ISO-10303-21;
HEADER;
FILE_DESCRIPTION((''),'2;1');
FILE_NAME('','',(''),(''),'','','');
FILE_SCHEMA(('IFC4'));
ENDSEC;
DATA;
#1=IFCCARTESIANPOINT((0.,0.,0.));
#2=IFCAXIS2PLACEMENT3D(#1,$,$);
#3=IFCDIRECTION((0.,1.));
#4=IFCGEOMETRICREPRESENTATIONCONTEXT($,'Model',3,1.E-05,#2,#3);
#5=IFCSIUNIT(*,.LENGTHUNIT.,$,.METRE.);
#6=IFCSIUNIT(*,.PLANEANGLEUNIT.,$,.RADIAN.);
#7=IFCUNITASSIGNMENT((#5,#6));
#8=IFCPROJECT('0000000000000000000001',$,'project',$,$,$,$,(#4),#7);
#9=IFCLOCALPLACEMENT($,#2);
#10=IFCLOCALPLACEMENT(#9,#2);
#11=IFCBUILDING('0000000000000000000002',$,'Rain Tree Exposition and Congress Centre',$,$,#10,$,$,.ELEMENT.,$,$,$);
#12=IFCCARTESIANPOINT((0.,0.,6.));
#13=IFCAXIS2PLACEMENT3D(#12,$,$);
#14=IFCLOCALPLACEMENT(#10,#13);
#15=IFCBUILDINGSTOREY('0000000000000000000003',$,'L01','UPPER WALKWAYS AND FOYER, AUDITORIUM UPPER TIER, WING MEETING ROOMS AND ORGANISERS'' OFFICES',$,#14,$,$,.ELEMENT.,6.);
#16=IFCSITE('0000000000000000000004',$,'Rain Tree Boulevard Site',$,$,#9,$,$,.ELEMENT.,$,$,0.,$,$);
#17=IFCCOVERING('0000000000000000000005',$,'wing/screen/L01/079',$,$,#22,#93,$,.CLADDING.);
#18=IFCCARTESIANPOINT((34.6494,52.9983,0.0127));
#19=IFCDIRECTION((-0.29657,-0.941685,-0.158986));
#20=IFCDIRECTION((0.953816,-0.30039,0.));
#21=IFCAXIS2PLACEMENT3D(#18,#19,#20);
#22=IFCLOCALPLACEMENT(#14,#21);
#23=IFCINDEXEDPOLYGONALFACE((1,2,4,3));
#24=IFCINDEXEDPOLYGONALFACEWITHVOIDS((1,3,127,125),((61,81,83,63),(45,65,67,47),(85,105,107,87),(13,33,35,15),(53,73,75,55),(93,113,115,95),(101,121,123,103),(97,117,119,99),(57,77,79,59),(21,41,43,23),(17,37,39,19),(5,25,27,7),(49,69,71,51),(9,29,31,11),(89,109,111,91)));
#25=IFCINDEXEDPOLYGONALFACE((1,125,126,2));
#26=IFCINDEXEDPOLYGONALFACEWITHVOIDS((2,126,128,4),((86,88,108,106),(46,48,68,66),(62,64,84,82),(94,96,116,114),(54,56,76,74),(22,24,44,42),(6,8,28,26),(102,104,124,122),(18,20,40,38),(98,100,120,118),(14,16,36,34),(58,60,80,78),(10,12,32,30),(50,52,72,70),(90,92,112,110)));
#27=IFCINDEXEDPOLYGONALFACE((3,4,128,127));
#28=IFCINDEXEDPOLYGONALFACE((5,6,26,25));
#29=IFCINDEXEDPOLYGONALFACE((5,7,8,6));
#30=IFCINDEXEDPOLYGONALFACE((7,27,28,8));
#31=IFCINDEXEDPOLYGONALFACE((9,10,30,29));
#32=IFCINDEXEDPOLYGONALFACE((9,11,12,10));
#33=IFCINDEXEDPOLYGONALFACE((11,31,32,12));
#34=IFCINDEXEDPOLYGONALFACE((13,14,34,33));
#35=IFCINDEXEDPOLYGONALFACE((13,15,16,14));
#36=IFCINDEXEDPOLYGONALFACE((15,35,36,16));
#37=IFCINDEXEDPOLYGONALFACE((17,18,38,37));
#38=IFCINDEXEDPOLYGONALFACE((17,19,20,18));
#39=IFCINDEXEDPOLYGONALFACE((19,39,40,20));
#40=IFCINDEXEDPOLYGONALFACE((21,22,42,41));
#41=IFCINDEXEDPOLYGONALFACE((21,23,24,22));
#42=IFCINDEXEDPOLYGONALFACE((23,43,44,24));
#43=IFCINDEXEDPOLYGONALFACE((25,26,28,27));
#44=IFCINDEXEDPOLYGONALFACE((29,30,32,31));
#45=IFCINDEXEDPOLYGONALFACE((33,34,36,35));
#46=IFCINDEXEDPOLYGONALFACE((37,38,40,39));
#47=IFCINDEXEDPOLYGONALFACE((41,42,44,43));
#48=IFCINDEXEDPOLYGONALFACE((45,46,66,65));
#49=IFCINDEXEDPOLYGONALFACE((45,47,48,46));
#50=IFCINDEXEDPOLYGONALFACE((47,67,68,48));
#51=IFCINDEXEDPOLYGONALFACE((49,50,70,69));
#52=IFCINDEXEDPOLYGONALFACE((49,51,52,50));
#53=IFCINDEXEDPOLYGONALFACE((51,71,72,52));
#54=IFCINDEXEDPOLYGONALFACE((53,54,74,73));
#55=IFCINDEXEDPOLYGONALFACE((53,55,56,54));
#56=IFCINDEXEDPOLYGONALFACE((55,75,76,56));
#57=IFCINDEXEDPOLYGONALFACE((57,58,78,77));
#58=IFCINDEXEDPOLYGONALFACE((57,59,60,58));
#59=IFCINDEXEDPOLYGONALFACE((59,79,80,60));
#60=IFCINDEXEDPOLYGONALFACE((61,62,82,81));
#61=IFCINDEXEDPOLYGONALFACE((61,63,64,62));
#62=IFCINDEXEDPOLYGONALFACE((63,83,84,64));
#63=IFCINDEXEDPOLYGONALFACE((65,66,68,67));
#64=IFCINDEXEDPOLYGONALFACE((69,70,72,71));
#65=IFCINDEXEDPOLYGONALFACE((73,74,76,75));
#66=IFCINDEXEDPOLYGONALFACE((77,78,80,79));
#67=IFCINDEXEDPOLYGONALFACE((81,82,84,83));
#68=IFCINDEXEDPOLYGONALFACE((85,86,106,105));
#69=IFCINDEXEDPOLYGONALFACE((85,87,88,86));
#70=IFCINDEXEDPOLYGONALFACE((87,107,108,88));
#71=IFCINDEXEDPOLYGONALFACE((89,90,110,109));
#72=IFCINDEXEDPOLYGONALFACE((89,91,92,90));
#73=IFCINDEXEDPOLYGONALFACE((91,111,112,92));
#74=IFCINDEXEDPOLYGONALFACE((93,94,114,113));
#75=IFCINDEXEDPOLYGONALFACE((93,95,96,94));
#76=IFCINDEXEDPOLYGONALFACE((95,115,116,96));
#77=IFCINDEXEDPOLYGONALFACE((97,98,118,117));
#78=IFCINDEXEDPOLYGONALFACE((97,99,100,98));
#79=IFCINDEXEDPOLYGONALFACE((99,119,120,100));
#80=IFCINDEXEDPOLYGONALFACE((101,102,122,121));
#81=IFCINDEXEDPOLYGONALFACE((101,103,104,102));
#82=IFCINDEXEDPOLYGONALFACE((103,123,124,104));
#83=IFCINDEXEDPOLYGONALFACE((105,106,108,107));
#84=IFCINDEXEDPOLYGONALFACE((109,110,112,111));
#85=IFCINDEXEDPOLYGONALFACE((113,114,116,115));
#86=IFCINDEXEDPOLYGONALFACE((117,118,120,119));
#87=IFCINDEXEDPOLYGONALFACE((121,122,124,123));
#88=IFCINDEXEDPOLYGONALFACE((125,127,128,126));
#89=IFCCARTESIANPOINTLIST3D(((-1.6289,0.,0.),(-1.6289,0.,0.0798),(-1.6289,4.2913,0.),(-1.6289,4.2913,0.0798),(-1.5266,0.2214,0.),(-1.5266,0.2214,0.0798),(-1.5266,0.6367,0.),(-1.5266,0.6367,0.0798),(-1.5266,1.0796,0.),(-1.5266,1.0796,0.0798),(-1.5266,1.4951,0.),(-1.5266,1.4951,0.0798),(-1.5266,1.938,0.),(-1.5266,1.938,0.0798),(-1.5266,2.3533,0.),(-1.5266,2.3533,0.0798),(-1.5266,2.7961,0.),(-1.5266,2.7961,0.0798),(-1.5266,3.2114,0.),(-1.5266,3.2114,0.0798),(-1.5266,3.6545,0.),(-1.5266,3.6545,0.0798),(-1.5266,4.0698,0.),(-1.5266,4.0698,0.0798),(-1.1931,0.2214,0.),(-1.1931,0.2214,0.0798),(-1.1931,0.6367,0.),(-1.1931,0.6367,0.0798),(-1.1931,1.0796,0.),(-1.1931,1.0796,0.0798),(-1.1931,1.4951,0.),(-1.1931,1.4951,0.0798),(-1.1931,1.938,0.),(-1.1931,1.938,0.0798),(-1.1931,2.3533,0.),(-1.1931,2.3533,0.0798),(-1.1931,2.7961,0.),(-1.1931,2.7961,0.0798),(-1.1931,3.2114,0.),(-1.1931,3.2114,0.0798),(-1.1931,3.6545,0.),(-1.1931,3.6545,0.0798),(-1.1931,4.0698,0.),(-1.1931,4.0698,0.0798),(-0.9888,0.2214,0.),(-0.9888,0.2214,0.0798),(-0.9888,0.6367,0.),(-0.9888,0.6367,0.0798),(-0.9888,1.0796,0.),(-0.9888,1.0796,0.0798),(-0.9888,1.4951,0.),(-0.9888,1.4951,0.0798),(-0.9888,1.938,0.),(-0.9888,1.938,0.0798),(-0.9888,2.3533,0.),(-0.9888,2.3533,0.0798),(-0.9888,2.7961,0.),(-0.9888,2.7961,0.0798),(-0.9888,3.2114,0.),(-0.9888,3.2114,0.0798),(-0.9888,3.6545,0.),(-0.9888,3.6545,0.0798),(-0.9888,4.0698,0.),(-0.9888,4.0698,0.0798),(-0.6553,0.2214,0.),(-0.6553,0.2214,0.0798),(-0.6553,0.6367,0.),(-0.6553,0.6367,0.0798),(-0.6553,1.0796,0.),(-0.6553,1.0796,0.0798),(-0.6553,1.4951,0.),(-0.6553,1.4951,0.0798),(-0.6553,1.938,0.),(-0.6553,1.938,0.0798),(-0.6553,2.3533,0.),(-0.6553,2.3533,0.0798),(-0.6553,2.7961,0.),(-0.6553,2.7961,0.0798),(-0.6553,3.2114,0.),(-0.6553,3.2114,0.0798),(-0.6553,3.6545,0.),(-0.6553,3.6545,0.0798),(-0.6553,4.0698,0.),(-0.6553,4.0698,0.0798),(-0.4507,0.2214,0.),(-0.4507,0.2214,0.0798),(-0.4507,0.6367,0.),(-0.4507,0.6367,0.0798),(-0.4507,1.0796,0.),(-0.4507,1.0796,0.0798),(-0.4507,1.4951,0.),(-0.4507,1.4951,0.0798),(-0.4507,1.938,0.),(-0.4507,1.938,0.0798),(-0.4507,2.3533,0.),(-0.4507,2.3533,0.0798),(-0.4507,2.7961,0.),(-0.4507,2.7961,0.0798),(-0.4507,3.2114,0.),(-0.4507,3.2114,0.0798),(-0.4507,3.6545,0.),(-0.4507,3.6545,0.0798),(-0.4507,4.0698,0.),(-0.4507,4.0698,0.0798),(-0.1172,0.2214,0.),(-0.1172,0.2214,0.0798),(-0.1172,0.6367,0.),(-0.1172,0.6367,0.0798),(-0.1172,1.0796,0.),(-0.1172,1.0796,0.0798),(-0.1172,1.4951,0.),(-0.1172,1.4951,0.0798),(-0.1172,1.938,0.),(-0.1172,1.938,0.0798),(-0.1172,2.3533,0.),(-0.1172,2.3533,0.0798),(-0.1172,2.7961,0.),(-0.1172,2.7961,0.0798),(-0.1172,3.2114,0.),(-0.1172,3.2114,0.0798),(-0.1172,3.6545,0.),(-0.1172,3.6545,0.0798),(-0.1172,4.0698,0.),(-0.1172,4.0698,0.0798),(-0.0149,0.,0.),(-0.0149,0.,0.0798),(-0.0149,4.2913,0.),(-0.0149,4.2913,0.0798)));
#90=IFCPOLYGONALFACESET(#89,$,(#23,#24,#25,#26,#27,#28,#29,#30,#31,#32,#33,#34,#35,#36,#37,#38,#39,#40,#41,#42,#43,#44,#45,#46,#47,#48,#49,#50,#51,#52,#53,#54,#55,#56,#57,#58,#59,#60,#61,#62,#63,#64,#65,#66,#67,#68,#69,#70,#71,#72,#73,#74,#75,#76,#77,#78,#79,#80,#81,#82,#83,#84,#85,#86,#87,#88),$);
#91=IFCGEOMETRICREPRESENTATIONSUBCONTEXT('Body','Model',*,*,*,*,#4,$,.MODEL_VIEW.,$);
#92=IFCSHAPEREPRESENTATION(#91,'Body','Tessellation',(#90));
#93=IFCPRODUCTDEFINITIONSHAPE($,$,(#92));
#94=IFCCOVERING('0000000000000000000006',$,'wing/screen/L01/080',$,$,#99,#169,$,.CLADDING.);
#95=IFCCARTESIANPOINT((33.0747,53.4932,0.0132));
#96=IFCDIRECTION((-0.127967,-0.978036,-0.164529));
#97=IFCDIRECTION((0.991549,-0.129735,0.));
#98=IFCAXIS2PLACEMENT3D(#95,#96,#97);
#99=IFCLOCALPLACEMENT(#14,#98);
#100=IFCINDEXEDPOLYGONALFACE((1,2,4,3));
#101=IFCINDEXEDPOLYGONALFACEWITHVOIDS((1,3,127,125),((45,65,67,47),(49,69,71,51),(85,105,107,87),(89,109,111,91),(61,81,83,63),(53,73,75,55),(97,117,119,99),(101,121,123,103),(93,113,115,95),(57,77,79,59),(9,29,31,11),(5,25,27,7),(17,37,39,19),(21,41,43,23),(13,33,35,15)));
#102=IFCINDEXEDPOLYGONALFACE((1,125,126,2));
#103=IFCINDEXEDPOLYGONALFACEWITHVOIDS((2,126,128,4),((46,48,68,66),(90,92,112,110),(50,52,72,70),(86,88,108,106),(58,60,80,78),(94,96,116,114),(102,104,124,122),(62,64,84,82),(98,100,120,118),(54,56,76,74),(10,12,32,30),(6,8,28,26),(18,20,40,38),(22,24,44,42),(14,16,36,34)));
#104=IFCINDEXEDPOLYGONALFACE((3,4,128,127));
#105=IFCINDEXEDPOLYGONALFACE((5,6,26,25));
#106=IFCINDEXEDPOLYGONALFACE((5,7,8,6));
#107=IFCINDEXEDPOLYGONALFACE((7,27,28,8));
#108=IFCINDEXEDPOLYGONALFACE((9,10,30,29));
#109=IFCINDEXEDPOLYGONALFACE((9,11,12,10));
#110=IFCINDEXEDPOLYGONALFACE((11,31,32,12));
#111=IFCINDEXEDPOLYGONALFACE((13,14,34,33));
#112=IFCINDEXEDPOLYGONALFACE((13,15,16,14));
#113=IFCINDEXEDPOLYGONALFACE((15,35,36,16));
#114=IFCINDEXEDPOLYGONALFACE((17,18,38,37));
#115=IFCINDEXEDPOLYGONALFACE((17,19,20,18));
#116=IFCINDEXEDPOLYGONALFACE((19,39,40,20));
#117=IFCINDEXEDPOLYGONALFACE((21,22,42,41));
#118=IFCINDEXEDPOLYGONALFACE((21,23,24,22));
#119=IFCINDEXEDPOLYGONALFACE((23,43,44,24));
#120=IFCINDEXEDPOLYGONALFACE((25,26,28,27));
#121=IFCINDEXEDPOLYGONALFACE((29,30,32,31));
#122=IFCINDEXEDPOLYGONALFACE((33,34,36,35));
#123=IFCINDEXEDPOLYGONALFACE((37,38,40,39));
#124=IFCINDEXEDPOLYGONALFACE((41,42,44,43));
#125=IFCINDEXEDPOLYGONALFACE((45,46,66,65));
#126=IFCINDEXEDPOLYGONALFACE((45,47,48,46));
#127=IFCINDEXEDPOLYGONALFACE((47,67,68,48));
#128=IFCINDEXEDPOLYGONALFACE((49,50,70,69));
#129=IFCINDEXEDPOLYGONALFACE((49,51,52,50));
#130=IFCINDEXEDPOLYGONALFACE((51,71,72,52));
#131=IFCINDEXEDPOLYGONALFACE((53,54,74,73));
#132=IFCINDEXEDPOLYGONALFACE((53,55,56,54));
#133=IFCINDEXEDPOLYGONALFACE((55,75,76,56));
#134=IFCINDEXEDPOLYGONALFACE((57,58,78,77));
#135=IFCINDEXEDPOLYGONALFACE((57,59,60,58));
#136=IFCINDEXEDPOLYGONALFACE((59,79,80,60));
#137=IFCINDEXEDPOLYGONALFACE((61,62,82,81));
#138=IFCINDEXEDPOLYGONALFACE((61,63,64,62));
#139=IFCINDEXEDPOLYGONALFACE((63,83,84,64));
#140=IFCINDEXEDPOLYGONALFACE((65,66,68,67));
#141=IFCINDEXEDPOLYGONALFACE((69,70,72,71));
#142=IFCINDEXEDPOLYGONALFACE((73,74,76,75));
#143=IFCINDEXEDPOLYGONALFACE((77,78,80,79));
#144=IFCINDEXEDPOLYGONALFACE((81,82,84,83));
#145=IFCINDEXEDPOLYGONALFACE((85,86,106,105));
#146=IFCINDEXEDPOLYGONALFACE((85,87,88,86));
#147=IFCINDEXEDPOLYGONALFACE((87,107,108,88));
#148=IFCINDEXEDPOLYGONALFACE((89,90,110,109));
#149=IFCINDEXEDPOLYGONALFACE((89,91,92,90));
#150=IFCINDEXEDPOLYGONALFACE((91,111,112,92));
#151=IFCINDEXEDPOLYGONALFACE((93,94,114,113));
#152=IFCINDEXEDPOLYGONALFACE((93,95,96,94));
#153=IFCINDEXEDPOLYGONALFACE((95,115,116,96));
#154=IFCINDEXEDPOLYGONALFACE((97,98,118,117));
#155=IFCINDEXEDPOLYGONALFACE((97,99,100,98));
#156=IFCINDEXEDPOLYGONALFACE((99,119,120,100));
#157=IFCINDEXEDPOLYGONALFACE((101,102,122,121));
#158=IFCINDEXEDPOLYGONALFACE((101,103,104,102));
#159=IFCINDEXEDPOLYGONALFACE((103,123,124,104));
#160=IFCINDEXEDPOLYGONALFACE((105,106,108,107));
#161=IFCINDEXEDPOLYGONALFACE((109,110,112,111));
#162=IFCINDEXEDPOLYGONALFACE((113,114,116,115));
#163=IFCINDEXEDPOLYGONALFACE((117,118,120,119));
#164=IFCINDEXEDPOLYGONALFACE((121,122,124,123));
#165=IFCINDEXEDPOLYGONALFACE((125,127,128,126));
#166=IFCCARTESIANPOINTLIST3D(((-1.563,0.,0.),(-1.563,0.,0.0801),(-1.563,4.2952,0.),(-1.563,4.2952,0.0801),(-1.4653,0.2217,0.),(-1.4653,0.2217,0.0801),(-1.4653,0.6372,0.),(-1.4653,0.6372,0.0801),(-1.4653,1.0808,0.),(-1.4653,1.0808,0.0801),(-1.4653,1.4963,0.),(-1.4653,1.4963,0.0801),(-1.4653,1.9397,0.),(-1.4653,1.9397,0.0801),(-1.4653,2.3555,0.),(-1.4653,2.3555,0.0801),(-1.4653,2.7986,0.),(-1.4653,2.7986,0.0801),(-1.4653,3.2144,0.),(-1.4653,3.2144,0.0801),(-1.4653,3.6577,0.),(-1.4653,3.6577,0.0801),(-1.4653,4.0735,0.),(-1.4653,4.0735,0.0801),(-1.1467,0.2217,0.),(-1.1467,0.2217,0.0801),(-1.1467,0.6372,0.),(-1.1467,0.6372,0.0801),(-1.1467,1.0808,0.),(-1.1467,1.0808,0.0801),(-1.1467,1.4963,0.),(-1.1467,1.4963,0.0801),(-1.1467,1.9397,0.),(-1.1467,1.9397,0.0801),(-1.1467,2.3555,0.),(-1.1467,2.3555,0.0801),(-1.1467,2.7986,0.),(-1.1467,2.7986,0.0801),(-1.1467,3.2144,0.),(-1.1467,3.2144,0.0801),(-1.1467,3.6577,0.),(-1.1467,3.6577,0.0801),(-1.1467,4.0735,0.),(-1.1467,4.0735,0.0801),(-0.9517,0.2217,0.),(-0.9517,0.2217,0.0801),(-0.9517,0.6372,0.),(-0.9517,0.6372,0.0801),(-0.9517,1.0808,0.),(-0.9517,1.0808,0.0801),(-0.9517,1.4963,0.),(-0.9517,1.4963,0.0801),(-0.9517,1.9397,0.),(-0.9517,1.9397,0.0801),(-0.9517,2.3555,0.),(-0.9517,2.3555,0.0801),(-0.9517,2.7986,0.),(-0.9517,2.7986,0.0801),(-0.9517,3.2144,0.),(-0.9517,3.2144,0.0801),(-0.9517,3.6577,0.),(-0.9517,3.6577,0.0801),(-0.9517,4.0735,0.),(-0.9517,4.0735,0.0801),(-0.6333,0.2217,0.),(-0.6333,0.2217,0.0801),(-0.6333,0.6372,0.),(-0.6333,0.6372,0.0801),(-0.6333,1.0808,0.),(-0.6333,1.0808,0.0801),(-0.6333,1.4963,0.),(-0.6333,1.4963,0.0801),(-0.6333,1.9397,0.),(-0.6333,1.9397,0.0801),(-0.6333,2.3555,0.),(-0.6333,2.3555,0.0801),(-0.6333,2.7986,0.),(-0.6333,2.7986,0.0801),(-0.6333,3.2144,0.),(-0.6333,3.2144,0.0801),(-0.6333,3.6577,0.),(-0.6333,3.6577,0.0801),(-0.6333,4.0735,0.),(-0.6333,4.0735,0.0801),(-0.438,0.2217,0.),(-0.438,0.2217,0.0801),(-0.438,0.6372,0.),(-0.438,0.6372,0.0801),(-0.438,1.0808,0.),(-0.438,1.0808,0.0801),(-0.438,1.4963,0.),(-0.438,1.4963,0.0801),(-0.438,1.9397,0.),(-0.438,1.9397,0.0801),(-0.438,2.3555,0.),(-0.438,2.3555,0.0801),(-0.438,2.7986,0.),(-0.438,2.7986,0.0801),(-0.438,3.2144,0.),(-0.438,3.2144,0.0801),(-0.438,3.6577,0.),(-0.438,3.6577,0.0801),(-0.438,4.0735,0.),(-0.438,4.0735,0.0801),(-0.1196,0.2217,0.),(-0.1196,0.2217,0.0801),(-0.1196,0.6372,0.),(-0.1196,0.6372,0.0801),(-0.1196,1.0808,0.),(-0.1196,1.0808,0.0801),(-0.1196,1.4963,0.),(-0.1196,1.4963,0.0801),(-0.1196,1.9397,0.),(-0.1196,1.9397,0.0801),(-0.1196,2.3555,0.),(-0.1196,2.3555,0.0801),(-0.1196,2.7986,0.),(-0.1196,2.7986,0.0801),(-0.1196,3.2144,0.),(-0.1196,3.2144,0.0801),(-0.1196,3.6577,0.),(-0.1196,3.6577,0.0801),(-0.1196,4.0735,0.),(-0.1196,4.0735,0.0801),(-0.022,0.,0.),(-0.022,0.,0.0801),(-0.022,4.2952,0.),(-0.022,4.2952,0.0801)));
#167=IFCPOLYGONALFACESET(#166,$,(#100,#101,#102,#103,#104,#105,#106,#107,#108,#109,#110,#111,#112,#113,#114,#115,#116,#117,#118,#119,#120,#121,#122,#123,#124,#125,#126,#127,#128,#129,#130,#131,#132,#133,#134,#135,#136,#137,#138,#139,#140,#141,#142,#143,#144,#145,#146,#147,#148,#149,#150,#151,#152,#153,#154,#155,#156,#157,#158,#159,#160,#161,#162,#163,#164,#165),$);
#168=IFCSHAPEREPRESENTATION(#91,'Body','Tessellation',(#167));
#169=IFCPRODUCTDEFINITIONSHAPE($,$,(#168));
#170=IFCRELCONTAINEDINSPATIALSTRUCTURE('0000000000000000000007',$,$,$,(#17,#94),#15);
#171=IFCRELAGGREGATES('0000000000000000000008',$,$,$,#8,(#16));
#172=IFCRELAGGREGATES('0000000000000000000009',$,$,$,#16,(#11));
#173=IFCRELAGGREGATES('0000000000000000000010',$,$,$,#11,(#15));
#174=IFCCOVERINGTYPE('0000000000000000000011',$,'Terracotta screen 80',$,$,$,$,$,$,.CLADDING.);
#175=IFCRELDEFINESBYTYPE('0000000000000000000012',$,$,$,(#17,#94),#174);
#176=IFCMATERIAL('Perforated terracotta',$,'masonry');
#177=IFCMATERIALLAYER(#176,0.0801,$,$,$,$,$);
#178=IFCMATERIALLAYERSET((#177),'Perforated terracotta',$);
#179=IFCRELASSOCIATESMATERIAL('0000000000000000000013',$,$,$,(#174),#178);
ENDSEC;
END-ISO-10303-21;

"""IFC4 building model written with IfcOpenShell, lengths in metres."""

from ifc_helpers import new_model, si_unit, direction, frame, origin, place, context, subcontext, project, spatial, polyline, outline, extrude, material, layer, layer_set, type_object, element, save


model = new_model("IFC4")

# Units and contexts
model_context = context("Model", 3, precision=1e-05, world=origin(), true_north=direction((0.0, 1.0)))
body_context = subcontext(model_context, "Body", "Model", "MODEL_VIEW")
ifc_project = project(units=[si_unit("LENGTHUNIT", "METRE"), si_unit("PLANEANGLEUNIT", "RADIAN")], contexts=[model_context])

# Site, building, storey
site_placement = place(None, origin())
site = spatial("IfcSite", under=ifc_project, at=site_placement, Name="Rain Tree Boulevard Site", CompositionType="ELEMENT", RefElevation=0.0)
building_placement = place(site_placement, origin())
building = spatial("IfcBuilding", under=site, at=building_placement, Name="Rain Tree Exposition and Congress Centre", CompositionType="ELEMENT")
storey_placement = place(building_placement, frame((0.0, 0.0, 6.0)))
storey = spatial("IfcBuildingStorey", under=building, at=storey_placement, Name="L01", Description="UPPER WALKWAYS AND FOYER, AUDITORIUM UPPER TIER, WING MEETING ROOMS AND ORGANISERS' OFFICES", CompositionType="ELEMENT", Elevation=6.0)

# Coverings
ifc_material_1 = material(Name="Perforated terracotta", Category="masonry")
ifc_layer_1 = layer(ifc_material_1, 0.0801)
ifc_layer_set_1 = layer_set([ifc_layer_1], Name="Perforated terracotta")
covering_type = type_object("IfcCoveringType", Name="Terracotta screen 80", PredefinedType="CLADDING", material=ifc_layer_set_1)
covering_1_placement = place(storey_placement, frame((34.6494, 52.9983, 0.0127), z_axis=(-0.29657, -0.941685, -0.158986), x_axis=(0.953816, -0.30039, 0.0)))
element("IfcCovering", 1, at=covering_1_placement, inside=storey, type_object=covering_type, Name="wing/screen/L01/079", PredefinedType="CLADDING", context=body_context, shape_type="SweptSolid", body=[
    extrude(outline(polyline([(-1.6289, 0.0), (-1.6289, 4.2913), (-0.0149, 4.2913), (-0.0149, 0.0), (-1.6289, 0.0)]), holes=[polyline([(-0.1172, 0.2214), (-0.1172, 0.6367), (-0.4507, 0.6367), (-0.4507, 0.2214), (-0.1172, 0.2214)]), polyline([(-0.1172, 1.0796), (-0.1172, 1.4951), (-0.4507, 1.4951), (-0.4507, 1.0796), (-0.1172, 1.0796)]), polyline([(-0.1172, 1.938), (-0.1172, 2.3533), (-0.4507, 2.3533), (-0.4507, 1.938), (-0.1172, 1.938)]), polyline([(-0.1172, 2.7961), (-0.1172, 3.2114), (-0.4507, 3.2114), (-0.4507, 2.7961), (-0.1172, 2.7961)]), polyline([(-0.1172, 3.6545), (-0.1172, 4.0698), (-0.4507, 4.0698), (-0.4507, 3.6545), (-0.1172, 3.6545)]), polyline([(-0.6553, 0.2214), (-0.6553, 0.6367), (-0.9888, 0.6367), (-0.9888, 0.2214), (-0.6553, 0.2214)]), polyline([(-0.6553, 1.0796), (-0.6553, 1.4951), (-0.9888, 1.4951), (-0.9888, 1.0796), (-0.6553, 1.0796)]), polyline([(-0.6553, 1.938), (-0.6553, 2.3533), (-0.9888, 2.3533), (-0.9888, 1.938), (-0.6553, 1.938)]), polyline([(-0.6553, 2.7961), (-0.6553, 3.2114), (-0.9888, 3.2114), (-0.9888, 2.7961), (-0.6553, 2.7961)]), polyline([(-0.6553, 3.6545), (-0.6553, 4.0698), (-0.9888, 4.0698), (-0.9888, 3.6545), (-0.6553, 3.6545)]), polyline([(-1.1931, 0.2214), (-1.1931, 0.6367), (-1.5266, 0.6367), (-1.5266, 0.2214), (-1.1931, 0.2214)]), polyline([(-1.1931, 1.0796), (-1.1931, 1.4951), (-1.5266, 1.4951), (-1.5266, 1.0796), (-1.1931, 1.0796)]), polyline([(-1.1931, 1.938), (-1.1931, 2.3533), (-1.5266, 2.3533), (-1.5266, 1.938), (-1.1931, 1.938)]), polyline([(-1.1931, 2.7961), (-1.1931, 3.2114), (-1.5266, 3.2114), (-1.5266, 2.7961), (-1.1931, 2.7961)]), polyline([(-1.1931, 3.6545), (-1.1931, 4.0698), (-1.5266, 4.0698), (-1.5266, 3.6545), (-1.1931, 3.6545)])]), origin(), (0.0, 0.0, 1.0), 0.0798),
])
covering_2_placement = place(storey_placement, frame((33.0747, 53.4932, 0.0132), z_axis=(-0.127967, -0.978036, -0.164529), x_axis=(0.991549, -0.129735, 0.0)))
element("IfcCovering", 2, at=covering_2_placement, inside=storey, type_object=covering_type, Name="wing/screen/L01/080", PredefinedType="CLADDING", context=body_context, shape_type="SweptSolid", body=[
    extrude(outline(polyline([(-1.563, 0.0), (-1.563, 4.2952), (-0.022, 4.2952), (-0.022, 0.0), (-1.563, 0.0)]), holes=[polyline([(-0.1196, 0.2217), (-0.1196, 0.6372), (-0.438, 0.6372), (-0.438, 0.2217), (-0.1196, 0.2217)]), polyline([(-0.1196, 1.0808), (-0.1196, 1.4963), (-0.438, 1.4963), (-0.438, 1.0808), (-0.1196, 1.0808)]), polyline([(-0.1196, 1.9397), (-0.1196, 2.3555), (-0.438, 2.3555), (-0.438, 1.9397), (-0.1196, 1.9397)]), polyline([(-0.1196, 2.7986), (-0.1196, 3.2144), (-0.438, 3.2144), (-0.438, 2.7986), (-0.1196, 2.7986)]), polyline([(-0.1196, 3.6577), (-0.1196, 4.0735), (-0.438, 4.0735), (-0.438, 3.6577), (-0.1196, 3.6577)]), polyline([(-0.6333, 0.2217), (-0.6333, 0.6372), (-0.9517, 0.6372), (-0.9517, 0.2217), (-0.6333, 0.2217)]), polyline([(-0.6333, 1.0808), (-0.6333, 1.4963), (-0.9517, 1.4963), (-0.9517, 1.0808), (-0.6333, 1.0808)]), polyline([(-0.6333, 1.9397), (-0.6333, 2.3555), (-0.9517, 2.3555), (-0.9517, 1.9397), (-0.6333, 1.9397)]), polyline([(-0.6333, 2.7986), (-0.6333, 3.2144), (-0.9517, 3.2144), (-0.9517, 2.7986), (-0.6333, 2.7986)]), polyline([(-0.6333, 3.6577), (-0.6333, 4.0735), (-0.9517, 4.0735), (-0.9517, 3.6577), (-0.6333, 3.6577)]), polyline([(-1.1467, 0.2217), (-1.1467, 0.6372), (-1.4653, 0.6372), (-1.4653, 0.2217), (-1.1467, 0.2217)]), polyline([(-1.1467, 1.0808), (-1.1467, 1.4963), (-1.4653, 1.4963), (-1.4653, 1.0808), (-1.1467, 1.0808)]), polyline([(-1.1467, 1.9397), (-1.1467, 2.3555), (-1.4653, 2.3555), (-1.4653, 1.9397), (-1.1467, 1.9397)]), polyline([(-1.1467, 2.7986), (-1.1467, 3.2144), (-1.4653, 3.2144), (-1.4653, 2.7986), (-1.1467, 2.7986)]), polyline([(-1.1467, 3.6577), (-1.1467, 4.0735), (-1.4653, 4.0735), (-1.4653, 3.6577), (-1.1467, 3.6577)])]), origin(), (0.0, 0.0, 1.0), 0.0801),
])

save(model, "model.ifc")
